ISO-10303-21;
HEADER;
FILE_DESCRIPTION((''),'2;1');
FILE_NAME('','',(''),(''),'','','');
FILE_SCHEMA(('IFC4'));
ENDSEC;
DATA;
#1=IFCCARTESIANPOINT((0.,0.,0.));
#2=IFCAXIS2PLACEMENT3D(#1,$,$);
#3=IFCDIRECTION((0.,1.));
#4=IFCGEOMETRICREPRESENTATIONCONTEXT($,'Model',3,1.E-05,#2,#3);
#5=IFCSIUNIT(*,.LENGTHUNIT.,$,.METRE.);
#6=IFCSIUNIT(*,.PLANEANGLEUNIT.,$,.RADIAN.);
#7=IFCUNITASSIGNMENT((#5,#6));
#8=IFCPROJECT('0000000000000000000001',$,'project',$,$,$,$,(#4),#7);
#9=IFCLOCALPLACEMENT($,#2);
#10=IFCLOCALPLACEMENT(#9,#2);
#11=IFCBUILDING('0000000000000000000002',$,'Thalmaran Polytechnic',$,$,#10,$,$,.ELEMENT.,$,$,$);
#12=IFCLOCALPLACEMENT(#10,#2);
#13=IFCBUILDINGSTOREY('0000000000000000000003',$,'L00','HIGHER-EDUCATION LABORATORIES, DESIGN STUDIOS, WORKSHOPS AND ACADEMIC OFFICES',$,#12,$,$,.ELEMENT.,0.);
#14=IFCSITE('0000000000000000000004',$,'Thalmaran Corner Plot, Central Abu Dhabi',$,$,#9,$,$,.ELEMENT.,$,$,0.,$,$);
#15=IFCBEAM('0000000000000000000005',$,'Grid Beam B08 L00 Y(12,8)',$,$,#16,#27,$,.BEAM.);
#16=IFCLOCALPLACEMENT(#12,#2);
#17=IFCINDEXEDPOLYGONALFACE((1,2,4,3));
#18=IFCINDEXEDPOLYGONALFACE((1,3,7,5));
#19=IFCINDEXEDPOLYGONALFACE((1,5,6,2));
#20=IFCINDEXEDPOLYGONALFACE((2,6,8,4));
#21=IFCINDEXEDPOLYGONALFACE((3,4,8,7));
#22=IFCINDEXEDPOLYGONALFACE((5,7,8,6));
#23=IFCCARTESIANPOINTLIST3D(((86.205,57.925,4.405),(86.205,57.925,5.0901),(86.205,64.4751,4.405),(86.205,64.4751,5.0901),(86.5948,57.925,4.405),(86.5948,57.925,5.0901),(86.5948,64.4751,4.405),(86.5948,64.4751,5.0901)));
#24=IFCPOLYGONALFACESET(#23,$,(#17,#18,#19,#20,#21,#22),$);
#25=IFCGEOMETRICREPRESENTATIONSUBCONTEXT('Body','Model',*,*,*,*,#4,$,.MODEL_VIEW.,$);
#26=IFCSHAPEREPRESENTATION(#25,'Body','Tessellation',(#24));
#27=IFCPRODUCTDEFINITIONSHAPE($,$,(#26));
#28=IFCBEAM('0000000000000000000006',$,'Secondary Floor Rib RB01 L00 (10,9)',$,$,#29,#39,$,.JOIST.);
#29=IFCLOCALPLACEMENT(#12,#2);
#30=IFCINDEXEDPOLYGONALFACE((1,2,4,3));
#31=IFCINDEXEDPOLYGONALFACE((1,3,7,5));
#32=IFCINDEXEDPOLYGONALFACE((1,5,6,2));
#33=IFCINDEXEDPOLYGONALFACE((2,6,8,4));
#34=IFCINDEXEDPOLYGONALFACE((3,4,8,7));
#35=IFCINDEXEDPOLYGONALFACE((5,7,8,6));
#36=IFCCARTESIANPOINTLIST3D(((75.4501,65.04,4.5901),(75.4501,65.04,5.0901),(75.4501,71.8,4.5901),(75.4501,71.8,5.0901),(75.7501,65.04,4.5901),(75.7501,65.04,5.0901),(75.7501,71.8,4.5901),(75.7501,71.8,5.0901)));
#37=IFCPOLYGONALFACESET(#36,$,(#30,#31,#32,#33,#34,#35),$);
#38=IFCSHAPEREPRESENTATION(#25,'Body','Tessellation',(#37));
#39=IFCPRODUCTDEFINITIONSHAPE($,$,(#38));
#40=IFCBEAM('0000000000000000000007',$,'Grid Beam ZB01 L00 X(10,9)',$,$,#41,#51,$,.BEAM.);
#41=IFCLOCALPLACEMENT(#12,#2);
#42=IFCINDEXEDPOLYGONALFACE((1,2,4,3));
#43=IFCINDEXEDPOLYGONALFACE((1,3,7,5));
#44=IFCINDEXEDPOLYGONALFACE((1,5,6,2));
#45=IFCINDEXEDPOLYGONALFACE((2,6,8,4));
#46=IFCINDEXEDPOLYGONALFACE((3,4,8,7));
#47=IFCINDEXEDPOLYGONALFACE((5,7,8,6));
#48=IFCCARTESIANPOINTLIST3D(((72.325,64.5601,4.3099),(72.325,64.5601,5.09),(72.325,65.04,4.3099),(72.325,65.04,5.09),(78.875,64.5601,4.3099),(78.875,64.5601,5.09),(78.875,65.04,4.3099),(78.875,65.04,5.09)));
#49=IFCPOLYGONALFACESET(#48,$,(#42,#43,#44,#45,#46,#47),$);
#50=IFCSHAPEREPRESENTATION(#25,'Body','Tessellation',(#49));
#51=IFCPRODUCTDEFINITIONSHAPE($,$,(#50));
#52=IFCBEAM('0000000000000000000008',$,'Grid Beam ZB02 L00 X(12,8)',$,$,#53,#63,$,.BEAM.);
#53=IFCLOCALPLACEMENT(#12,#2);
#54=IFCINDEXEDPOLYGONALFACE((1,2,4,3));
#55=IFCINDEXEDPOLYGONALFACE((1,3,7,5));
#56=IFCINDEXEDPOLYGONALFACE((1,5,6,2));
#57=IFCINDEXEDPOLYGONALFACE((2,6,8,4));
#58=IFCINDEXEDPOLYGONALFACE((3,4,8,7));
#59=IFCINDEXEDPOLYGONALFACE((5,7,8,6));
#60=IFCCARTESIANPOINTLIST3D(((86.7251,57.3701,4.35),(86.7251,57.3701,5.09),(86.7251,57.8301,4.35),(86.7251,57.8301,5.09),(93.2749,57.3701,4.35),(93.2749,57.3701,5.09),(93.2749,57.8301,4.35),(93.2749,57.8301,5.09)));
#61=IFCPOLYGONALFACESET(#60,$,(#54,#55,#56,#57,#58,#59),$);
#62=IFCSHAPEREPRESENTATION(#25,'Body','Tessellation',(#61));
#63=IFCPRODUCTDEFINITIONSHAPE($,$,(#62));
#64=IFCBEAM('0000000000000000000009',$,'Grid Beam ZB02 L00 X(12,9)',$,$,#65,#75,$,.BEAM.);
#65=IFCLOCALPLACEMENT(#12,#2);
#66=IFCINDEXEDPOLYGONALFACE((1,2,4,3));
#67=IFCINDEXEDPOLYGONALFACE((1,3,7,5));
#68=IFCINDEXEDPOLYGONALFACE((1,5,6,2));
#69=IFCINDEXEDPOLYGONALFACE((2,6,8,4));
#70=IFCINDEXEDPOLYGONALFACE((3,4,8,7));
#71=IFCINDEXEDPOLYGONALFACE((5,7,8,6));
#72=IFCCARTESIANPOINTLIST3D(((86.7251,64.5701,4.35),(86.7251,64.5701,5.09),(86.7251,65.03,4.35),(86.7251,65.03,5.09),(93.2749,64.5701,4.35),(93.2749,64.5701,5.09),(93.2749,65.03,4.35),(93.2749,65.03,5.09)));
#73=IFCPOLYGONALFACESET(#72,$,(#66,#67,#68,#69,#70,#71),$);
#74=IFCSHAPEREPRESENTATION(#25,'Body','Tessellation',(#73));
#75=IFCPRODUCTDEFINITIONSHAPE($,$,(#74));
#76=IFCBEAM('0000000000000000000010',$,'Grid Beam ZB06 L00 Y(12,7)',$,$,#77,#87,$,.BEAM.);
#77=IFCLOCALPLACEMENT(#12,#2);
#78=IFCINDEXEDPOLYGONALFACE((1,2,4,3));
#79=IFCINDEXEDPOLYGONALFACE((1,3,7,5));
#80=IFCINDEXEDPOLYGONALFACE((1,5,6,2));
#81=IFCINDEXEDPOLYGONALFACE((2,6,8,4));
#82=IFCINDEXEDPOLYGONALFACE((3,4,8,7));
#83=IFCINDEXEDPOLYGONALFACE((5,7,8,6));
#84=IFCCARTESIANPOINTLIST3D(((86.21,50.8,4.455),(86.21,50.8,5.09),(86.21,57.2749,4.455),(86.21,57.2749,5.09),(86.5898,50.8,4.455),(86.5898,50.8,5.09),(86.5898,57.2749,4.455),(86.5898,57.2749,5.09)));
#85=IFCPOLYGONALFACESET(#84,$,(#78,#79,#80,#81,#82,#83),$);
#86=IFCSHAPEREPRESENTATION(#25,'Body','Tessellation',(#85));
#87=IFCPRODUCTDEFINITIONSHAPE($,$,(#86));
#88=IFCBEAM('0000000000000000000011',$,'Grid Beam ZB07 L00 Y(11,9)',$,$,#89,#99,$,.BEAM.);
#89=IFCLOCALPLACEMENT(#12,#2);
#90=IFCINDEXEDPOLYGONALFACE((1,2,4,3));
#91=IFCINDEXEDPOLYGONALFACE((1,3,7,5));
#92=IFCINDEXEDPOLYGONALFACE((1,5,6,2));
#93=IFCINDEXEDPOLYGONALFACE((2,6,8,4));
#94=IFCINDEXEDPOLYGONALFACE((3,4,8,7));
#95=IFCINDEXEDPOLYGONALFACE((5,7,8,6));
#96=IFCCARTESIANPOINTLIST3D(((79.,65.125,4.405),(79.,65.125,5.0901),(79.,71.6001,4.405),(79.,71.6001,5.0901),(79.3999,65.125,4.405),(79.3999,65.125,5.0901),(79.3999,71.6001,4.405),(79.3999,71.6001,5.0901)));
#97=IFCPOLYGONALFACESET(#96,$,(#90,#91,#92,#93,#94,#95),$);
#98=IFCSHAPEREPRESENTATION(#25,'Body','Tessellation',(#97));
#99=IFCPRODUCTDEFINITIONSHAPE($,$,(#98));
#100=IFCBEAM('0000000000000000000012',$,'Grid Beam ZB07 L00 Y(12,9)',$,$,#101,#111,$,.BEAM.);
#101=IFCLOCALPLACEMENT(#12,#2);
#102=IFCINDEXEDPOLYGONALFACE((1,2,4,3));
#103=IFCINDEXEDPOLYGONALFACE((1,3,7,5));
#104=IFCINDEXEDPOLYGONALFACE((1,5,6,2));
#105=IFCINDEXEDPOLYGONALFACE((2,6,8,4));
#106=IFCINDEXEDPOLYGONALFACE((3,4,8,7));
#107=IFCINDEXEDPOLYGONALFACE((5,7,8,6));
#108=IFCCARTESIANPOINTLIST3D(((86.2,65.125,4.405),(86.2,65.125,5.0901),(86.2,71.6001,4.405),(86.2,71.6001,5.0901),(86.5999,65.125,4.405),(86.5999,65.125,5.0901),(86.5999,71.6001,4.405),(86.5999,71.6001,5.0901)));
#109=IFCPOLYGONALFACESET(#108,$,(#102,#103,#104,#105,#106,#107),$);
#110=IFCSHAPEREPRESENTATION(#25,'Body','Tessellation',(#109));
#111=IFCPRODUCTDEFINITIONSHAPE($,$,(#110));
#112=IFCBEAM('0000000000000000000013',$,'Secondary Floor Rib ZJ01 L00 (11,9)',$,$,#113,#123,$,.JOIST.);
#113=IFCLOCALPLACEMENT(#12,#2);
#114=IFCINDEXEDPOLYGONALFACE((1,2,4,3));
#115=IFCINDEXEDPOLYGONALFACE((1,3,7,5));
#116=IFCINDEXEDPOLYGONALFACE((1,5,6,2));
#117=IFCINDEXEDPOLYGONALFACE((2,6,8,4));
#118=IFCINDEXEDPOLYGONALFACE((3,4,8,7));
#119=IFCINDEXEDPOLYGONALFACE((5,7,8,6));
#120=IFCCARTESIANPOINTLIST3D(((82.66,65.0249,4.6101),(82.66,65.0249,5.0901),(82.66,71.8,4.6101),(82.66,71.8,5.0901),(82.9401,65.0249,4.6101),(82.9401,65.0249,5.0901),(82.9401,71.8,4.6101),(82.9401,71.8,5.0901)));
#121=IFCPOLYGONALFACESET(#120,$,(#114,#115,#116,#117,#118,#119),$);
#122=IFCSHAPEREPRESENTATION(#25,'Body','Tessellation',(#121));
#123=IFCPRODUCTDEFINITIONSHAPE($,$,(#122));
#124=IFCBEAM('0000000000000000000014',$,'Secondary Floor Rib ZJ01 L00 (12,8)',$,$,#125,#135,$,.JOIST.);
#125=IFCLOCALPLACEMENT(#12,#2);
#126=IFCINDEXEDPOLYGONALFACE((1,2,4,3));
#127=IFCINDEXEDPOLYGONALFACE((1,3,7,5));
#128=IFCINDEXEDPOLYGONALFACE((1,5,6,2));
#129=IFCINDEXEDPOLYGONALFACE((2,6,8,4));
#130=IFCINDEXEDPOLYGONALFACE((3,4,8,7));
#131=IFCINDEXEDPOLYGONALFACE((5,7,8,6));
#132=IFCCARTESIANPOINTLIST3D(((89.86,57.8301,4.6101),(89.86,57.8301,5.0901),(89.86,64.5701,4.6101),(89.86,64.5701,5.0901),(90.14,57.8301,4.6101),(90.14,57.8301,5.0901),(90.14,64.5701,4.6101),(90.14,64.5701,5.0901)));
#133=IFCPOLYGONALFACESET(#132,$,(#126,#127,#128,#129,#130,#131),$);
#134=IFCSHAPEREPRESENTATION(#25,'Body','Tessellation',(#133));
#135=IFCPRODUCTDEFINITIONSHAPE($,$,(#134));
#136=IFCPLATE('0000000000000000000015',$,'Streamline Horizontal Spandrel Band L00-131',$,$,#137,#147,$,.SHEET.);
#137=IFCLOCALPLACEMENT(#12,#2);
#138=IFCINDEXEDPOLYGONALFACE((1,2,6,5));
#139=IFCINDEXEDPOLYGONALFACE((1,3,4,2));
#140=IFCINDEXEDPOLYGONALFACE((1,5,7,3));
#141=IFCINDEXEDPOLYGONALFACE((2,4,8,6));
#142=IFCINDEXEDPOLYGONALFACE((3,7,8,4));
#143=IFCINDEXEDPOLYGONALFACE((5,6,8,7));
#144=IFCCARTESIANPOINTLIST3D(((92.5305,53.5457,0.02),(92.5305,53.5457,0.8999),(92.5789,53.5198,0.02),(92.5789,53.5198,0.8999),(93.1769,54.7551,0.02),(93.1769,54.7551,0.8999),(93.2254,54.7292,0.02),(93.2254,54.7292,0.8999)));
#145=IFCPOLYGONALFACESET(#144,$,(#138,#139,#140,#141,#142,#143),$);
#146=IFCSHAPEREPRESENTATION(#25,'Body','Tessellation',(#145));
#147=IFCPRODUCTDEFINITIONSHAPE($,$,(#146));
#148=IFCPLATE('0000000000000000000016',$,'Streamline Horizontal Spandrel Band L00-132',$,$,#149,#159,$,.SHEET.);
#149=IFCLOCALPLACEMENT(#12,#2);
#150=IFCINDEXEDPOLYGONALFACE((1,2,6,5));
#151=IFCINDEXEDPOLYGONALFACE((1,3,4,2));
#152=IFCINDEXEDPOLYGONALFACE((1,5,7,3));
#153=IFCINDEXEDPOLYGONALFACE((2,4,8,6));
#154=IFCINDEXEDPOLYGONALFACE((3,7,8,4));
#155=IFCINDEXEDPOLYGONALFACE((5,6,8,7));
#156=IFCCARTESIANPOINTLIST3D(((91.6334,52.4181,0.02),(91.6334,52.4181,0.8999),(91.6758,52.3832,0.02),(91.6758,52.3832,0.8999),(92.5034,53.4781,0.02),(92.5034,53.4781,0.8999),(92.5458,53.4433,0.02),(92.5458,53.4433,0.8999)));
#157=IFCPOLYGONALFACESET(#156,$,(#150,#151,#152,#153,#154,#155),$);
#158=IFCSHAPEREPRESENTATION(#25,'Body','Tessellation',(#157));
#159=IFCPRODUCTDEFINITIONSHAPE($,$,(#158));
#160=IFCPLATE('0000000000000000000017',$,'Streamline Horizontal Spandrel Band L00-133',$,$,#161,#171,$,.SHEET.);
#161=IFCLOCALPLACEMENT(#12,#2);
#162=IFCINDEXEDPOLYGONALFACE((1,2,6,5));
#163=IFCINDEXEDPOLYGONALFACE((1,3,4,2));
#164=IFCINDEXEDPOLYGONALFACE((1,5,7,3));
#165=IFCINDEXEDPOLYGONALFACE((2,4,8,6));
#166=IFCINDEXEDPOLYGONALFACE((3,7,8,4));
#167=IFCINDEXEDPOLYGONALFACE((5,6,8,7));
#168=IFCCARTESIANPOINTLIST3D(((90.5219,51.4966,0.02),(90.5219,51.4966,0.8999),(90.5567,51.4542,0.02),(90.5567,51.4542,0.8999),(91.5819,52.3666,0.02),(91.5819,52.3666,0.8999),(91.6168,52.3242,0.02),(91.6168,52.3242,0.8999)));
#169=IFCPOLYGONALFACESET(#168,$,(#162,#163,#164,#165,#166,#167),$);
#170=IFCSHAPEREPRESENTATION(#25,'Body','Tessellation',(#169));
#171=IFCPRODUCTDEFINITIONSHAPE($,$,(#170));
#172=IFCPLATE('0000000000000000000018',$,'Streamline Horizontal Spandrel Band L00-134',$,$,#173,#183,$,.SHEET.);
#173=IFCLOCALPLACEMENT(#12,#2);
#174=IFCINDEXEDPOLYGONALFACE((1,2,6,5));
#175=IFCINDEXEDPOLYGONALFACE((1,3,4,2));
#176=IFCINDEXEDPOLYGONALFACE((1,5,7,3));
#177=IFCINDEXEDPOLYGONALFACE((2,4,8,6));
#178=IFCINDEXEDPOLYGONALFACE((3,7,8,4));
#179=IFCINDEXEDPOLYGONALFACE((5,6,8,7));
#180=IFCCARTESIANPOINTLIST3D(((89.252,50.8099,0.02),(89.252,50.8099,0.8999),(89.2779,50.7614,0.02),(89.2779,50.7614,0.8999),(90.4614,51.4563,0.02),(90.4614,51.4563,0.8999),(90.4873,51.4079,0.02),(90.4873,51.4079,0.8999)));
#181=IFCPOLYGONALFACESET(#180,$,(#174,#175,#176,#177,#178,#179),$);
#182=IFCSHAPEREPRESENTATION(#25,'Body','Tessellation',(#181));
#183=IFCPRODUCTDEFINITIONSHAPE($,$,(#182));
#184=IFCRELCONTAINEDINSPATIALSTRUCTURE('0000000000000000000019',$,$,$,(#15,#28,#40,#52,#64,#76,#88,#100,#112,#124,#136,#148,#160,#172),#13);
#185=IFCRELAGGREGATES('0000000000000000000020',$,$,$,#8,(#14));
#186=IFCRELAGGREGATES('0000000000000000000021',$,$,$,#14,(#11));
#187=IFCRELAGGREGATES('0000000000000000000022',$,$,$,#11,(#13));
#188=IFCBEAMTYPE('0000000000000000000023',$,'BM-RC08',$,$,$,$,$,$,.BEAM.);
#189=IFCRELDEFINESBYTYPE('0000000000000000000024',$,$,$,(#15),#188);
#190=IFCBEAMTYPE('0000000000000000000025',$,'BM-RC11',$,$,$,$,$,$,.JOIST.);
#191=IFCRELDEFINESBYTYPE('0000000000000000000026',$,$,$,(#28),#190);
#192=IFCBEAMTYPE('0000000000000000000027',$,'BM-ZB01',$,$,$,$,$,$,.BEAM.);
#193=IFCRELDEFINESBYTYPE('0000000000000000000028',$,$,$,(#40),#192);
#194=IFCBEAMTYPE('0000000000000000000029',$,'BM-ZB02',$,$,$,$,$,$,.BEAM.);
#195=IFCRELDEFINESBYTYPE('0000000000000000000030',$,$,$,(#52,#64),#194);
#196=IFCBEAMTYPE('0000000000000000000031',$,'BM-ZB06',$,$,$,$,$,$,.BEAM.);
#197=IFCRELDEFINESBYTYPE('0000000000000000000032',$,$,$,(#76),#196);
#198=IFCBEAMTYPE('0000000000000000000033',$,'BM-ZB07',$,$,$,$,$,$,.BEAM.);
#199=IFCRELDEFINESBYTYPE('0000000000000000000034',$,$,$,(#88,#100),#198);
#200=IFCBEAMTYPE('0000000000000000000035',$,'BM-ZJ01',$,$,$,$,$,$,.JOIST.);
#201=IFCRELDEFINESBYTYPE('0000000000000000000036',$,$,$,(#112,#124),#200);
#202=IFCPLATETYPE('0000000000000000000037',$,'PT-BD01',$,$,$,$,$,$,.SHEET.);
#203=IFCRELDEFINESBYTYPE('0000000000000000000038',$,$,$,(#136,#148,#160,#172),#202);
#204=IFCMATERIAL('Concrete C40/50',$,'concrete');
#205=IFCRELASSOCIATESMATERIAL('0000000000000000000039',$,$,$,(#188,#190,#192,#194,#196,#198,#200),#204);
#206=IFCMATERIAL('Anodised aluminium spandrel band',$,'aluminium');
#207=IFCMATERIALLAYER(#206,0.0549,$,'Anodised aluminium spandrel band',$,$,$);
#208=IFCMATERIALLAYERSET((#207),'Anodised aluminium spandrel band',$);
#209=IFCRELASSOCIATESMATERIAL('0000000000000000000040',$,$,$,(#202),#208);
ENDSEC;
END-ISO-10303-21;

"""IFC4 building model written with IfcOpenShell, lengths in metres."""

from ifc_helpers import new_model, si_unit, direction, frame, origin, origin_2d, place, context, subcontext, project, spatial, rectangle, extrude, material, layer, layer_set, material_profile, profile_set, type_object, element, save


model = new_model("IFC4")

# Units and contexts
model_context = context("Model", 3, precision=1e-05, world=origin(), true_north=direction((0.0, 1.0)))
body_context = subcontext(model_context, "Body", "Model", "MODEL_VIEW")
ifc_project = project(units=[si_unit("LENGTHUNIT", "METRE"), si_unit("PLANEANGLEUNIT", "RADIAN")], contexts=[model_context])

# Site, building, storey
site_placement = place(None, origin())
site = spatial("IfcSite", under=ifc_project, at=site_placement, Name="Thalmaran Corner Plot, Central Abu Dhabi", CompositionType="ELEMENT", RefElevation=0.0)
building_placement = place(site_placement, origin())
building = spatial("IfcBuilding", under=site, at=building_placement, Name="Thalmaran Polytechnic", CompositionType="ELEMENT")
storey_placement = place(building_placement, origin())
storey = spatial("IfcBuildingStorey", under=building, at=storey_placement, Name="L00", Description="HIGHER-EDUCATION LABORATORIES, DESIGN STUDIOS, WORKSHOPS AND ACADEMIC OFFICES", CompositionType="ELEMENT", Elevation=0.0)

# Shared definitions
ifc_material_1 = material(Name="Concrete C40/50", Category="concrete")

# Beams
ifc_material_profile_1 = material_profile(ifc_material_1, rectangle(XDim=0.3899, YDim=0.6851, at=origin_2d()), Name="RC 390x685")
ifc_profile_set_1 = profile_set([ifc_material_profile_1], Name="Concrete C40/50")
beam_type_1 = type_object("IfcBeamType", Name="BM-RC08", PredefinedType="BEAM", material=ifc_profile_set_1)
beam_1_placement = place(storey_placement, frame((86.3999, 57.925, 4.7476), z_axis=(0.0, 1.0, 0.0), x_axis=(-1.0, 0.0, 0.0)))
element("IfcBeam", 1, at=beam_1_placement, inside=storey, type_object=beam_type_1, Name="Grid Beam B08 L00 Y(12,8)", PredefinedType="BEAM", context=body_context, shape_type="SweptSolid", body=[
    extrude(rectangle(XDim=0.3899, YDim=0.6851, at=origin_2d()), origin(), (0.0, 0.0, 1.0), 6.55),
])
ifc_material_profile_2 = material_profile(ifc_material_1, rectangle(XDim=0.3, YDim=0.5, at=origin_2d()), Name="RC 300x500")
ifc_profile_set_2 = profile_set([ifc_material_profile_2], Name="Concrete C40/50")
beam_type_2 = type_object("IfcBeamType", Name="BM-RC11", PredefinedType="JOIST", material=ifc_profile_set_2)
beam_2_placement = place(storey_placement, frame((75.6001, 65.04, 4.8401), z_axis=(0.0, 1.0, 0.0), x_axis=(-1.0, 0.0, 0.0)))
element("IfcBeam", 2, at=beam_2_placement, inside=storey, type_object=beam_type_2, Name="Secondary Floor Rib RB01 L00 (10,9)", PredefinedType="JOIST", context=body_context, shape_type="SweptSolid", body=[
    extrude(rectangle(XDim=0.3, YDim=0.5, at=origin_2d()), origin(), (0.0, 0.0, 1.0), 6.76),
])
ifc_material_profile_3 = material_profile(ifc_material_1, rectangle(XDim=0.48, YDim=0.78, at=origin_2d()), Name="RC 480x780")
ifc_profile_set_3 = profile_set([ifc_material_profile_3], Name="Concrete C40/50")
beam_type_3 = type_object("IfcBeamType", Name="BM-ZB01", PredefinedType="BEAM", material=ifc_profile_set_3)
beam_3_placement = place(storey_placement, frame((72.325, 64.8, 4.7), z_axis=(1.0, 0.0, 0.0), x_axis=(0.0, 1.0, 0.0)))
element("IfcBeam", 3, at=beam_3_placement, inside=storey, type_object=beam_type_3, Name="Grid Beam ZB01 L00 X(10,9)", PredefinedType="BEAM", context=body_context, shape_type="SweptSolid", body=[
    extrude(rectangle(XDim=0.48, YDim=0.78, at=origin_2d()), origin(), (0.0, 0.0, 1.0), 6.55),
])
ifc_material_profile_4 = material_profile(ifc_material_1, rectangle(XDim=0.46, YDim=0.74, at=origin_2d()), Name="RC 460x740")
ifc_profile_set_4 = profile_set([ifc_material_profile_4], Name="Concrete C40/50")
beam_type_4 = type_object("IfcBeamType", Name="BM-ZB02", PredefinedType="BEAM", material=ifc_profile_set_4)
for number, where, z_axis, x_axis, name in (
    (4, (86.7251, 57.6001, 4.72), (1.0, 0.0, 0.0), (0.0, 1.0, 0.0), "Grid Beam ZB02 L00 X(12,8)"),
    (5, (86.7251, 64.8, 4.72), (1.0, 0.0, 0.0), (0.0, 1.0, 0.0), "Grid Beam ZB02 L00 X(12,9)"),
):
    element("IfcBeam", number, at=place(storey_placement, frame(where, z_axis=z_axis, x_axis=x_axis)), inside=storey, type_object=beam_type_4, Name=name, PredefinedType="BEAM", context=body_context, shape_type="SweptSolid", body=[
        extrude(rectangle(XDim=0.46, YDim=0.74, at=origin_2d()), origin(), (0.0, 0.0, 1.0), 6.5498),
    ])
ifc_material_profile_5 = material_profile(ifc_material_1, rectangle(XDim=0.3799, YDim=0.635, at=origin_2d()), Name="RC 380x635")
ifc_profile_set_5 = profile_set([ifc_material_profile_5], Name="Concrete C40/50")
beam_type_5 = type_object("IfcBeamType", Name="BM-ZB06", PredefinedType="BEAM", material=ifc_profile_set_5)
beam_4_placement = place(storey_placement, frame((86.3999, 50.8, 4.7725), z_axis=(0.0, 1.0, 0.0), x_axis=(-1.0, 0.0, 0.0)))
element("IfcBeam", 6, at=beam_4_placement, inside=storey, type_object=beam_type_5, Name="Grid Beam ZB06 L00 Y(12,7)", PredefinedType="BEAM", context=body_context, shape_type="SweptSolid", body=[
    extrude(rectangle(XDim=0.3799, YDim=0.635, at=origin_2d()), origin(), (0.0, 0.0, 1.0), 6.4749),
])
ifc_material_profile_6 = material_profile(ifc_material_1, rectangle(XDim=0.3999, YDim=0.6851, at=origin_2d()), Name="RC 400x685")
ifc_profile_set_6 = profile_set([ifc_material_profile_6], Name="Concrete C40/50")
beam_type_6 = type_object("IfcBeamType", Name="BM-ZB07", PredefinedType="BEAM", material=ifc_profile_set_6)
for number, where, z_axis, x_axis, name in (
    (7, (79.2, 65.125, 4.7476), (0.0, 1.0, 0.0), (-1.0, 0.0, 0.0), "Grid Beam ZB07 L00 Y(11,9)"),
    (8, (86.3999, 65.125, 4.7476), (0.0, 1.0, 0.0), (-1.0, 0.0, 0.0), "Grid Beam ZB07 L00 Y(12,9)"),
):
    element("IfcBeam", number, at=place(storey_placement, frame(where, z_axis=z_axis, x_axis=x_axis)), inside=storey, type_object=beam_type_6, Name=name, PredefinedType="BEAM", context=body_context, shape_type="SweptSolid", body=[
        extrude(rectangle(XDim=0.3999, YDim=0.6851, at=origin_2d()), origin(), (0.0, 0.0, 1.0), 6.4751),
    ])
ifc_material_profile_7 = material_profile(ifc_material_1, rectangle(XDim=0.28, YDim=0.48, at=origin_2d()), Name="RC 280x480")
ifc_profile_set_7 = profile_set([ifc_material_profile_7], Name="Concrete C40/50")
beam_type_7 = type_object("IfcBeamType", Name="BM-ZJ01", PredefinedType="JOIST", material=ifc_profile_set_7)
beam_5_placement = place(storey_placement, frame((82.8, 65.0249, 4.8501), z_axis=(0.0, 1.0, 0.0), x_axis=(-1.0, 0.0, 0.0)))
element("IfcBeam", 9, at=beam_5_placement, inside=storey, type_object=beam_type_7, Name="Secondary Floor Rib ZJ01 L00 (11,9)", PredefinedType="JOIST", context=body_context, shape_type="SweptSolid", body=[
    extrude(rectangle(XDim=0.28, YDim=0.48, at=origin_2d()), origin(), (0.0, 0.0, 1.0), 6.7751),
])
beam_6_placement = place(storey_placement, frame((90.0, 57.8301, 4.8501), z_axis=(0.0, 1.0, 0.0), x_axis=(-1.0, 0.0, 0.0)))
element("IfcBeam", 10, at=beam_6_placement, inside=storey, type_object=beam_type_7, Name="Secondary Floor Rib ZJ01 L00 (12,8)", PredefinedType="JOIST", context=body_context, shape_type="SweptSolid", body=[
    extrude(rectangle(XDim=0.28, YDim=0.48, at=origin_2d()), origin(), (0.0, 0.0, 1.0), 6.74),
])

# Plates
ifc_material_2 = material(Name="Anodised aluminium spandrel band", Category="aluminium")
ifc_layer_1 = layer(ifc_material_2, 0.0549, Name="Anodised aluminium spandrel band")
ifc_layer_set_1 = layer_set([ifc_layer_1], Name="Anodised aluminium spandrel band")
plate_type_1 = type_object("IfcPlateType", Name="PT-BD01", PredefinedType="SHEET", material=ifc_layer_set_1)
for number, where, z_axis, x_axis, name in (
    (11, (92.8779, 54.1375, 0.02), (0.0, 0.0, 1.0), (-0.471397, -0.881921, 0.0), "Streamline Horizontal Spandrel Band L00-131"),
    (12, (92.0896, 52.9307, 0.02), (0.0, 0.0, 1.0), (-0.634393, -0.77301, 0.0), "Streamline Horizontal Spandrel Band L00-132"),
    (13, (91.0693, 51.9104, 0.02), (0.0, 0.0, 1.0), (-0.77301, -0.634393, 0.0), "Streamline Horizontal Spandrel Band L00-133"),
    (14, (89.8696, 51.1089, 0.02), (0.0, 0.0, 1.0), (-0.881921, -0.471397, 0.0), "Streamline Horizontal Spandrel Band L00-134"),
):
    element("IfcPlate", number, at=place(storey_placement, frame(where, z_axis=z_axis, x_axis=x_axis)), inside=storey, type_object=plate_type_1, Name=name, PredefinedType="SHEET", context=body_context, shape_type="SweptSolid", body=[
        extrude(rectangle(XDim=1.3713, YDim=0.0549, at=origin_2d()), origin(), (0.0, 0.0, 1.0), 0.8799),
    ])

save(model, "model.ifc")
